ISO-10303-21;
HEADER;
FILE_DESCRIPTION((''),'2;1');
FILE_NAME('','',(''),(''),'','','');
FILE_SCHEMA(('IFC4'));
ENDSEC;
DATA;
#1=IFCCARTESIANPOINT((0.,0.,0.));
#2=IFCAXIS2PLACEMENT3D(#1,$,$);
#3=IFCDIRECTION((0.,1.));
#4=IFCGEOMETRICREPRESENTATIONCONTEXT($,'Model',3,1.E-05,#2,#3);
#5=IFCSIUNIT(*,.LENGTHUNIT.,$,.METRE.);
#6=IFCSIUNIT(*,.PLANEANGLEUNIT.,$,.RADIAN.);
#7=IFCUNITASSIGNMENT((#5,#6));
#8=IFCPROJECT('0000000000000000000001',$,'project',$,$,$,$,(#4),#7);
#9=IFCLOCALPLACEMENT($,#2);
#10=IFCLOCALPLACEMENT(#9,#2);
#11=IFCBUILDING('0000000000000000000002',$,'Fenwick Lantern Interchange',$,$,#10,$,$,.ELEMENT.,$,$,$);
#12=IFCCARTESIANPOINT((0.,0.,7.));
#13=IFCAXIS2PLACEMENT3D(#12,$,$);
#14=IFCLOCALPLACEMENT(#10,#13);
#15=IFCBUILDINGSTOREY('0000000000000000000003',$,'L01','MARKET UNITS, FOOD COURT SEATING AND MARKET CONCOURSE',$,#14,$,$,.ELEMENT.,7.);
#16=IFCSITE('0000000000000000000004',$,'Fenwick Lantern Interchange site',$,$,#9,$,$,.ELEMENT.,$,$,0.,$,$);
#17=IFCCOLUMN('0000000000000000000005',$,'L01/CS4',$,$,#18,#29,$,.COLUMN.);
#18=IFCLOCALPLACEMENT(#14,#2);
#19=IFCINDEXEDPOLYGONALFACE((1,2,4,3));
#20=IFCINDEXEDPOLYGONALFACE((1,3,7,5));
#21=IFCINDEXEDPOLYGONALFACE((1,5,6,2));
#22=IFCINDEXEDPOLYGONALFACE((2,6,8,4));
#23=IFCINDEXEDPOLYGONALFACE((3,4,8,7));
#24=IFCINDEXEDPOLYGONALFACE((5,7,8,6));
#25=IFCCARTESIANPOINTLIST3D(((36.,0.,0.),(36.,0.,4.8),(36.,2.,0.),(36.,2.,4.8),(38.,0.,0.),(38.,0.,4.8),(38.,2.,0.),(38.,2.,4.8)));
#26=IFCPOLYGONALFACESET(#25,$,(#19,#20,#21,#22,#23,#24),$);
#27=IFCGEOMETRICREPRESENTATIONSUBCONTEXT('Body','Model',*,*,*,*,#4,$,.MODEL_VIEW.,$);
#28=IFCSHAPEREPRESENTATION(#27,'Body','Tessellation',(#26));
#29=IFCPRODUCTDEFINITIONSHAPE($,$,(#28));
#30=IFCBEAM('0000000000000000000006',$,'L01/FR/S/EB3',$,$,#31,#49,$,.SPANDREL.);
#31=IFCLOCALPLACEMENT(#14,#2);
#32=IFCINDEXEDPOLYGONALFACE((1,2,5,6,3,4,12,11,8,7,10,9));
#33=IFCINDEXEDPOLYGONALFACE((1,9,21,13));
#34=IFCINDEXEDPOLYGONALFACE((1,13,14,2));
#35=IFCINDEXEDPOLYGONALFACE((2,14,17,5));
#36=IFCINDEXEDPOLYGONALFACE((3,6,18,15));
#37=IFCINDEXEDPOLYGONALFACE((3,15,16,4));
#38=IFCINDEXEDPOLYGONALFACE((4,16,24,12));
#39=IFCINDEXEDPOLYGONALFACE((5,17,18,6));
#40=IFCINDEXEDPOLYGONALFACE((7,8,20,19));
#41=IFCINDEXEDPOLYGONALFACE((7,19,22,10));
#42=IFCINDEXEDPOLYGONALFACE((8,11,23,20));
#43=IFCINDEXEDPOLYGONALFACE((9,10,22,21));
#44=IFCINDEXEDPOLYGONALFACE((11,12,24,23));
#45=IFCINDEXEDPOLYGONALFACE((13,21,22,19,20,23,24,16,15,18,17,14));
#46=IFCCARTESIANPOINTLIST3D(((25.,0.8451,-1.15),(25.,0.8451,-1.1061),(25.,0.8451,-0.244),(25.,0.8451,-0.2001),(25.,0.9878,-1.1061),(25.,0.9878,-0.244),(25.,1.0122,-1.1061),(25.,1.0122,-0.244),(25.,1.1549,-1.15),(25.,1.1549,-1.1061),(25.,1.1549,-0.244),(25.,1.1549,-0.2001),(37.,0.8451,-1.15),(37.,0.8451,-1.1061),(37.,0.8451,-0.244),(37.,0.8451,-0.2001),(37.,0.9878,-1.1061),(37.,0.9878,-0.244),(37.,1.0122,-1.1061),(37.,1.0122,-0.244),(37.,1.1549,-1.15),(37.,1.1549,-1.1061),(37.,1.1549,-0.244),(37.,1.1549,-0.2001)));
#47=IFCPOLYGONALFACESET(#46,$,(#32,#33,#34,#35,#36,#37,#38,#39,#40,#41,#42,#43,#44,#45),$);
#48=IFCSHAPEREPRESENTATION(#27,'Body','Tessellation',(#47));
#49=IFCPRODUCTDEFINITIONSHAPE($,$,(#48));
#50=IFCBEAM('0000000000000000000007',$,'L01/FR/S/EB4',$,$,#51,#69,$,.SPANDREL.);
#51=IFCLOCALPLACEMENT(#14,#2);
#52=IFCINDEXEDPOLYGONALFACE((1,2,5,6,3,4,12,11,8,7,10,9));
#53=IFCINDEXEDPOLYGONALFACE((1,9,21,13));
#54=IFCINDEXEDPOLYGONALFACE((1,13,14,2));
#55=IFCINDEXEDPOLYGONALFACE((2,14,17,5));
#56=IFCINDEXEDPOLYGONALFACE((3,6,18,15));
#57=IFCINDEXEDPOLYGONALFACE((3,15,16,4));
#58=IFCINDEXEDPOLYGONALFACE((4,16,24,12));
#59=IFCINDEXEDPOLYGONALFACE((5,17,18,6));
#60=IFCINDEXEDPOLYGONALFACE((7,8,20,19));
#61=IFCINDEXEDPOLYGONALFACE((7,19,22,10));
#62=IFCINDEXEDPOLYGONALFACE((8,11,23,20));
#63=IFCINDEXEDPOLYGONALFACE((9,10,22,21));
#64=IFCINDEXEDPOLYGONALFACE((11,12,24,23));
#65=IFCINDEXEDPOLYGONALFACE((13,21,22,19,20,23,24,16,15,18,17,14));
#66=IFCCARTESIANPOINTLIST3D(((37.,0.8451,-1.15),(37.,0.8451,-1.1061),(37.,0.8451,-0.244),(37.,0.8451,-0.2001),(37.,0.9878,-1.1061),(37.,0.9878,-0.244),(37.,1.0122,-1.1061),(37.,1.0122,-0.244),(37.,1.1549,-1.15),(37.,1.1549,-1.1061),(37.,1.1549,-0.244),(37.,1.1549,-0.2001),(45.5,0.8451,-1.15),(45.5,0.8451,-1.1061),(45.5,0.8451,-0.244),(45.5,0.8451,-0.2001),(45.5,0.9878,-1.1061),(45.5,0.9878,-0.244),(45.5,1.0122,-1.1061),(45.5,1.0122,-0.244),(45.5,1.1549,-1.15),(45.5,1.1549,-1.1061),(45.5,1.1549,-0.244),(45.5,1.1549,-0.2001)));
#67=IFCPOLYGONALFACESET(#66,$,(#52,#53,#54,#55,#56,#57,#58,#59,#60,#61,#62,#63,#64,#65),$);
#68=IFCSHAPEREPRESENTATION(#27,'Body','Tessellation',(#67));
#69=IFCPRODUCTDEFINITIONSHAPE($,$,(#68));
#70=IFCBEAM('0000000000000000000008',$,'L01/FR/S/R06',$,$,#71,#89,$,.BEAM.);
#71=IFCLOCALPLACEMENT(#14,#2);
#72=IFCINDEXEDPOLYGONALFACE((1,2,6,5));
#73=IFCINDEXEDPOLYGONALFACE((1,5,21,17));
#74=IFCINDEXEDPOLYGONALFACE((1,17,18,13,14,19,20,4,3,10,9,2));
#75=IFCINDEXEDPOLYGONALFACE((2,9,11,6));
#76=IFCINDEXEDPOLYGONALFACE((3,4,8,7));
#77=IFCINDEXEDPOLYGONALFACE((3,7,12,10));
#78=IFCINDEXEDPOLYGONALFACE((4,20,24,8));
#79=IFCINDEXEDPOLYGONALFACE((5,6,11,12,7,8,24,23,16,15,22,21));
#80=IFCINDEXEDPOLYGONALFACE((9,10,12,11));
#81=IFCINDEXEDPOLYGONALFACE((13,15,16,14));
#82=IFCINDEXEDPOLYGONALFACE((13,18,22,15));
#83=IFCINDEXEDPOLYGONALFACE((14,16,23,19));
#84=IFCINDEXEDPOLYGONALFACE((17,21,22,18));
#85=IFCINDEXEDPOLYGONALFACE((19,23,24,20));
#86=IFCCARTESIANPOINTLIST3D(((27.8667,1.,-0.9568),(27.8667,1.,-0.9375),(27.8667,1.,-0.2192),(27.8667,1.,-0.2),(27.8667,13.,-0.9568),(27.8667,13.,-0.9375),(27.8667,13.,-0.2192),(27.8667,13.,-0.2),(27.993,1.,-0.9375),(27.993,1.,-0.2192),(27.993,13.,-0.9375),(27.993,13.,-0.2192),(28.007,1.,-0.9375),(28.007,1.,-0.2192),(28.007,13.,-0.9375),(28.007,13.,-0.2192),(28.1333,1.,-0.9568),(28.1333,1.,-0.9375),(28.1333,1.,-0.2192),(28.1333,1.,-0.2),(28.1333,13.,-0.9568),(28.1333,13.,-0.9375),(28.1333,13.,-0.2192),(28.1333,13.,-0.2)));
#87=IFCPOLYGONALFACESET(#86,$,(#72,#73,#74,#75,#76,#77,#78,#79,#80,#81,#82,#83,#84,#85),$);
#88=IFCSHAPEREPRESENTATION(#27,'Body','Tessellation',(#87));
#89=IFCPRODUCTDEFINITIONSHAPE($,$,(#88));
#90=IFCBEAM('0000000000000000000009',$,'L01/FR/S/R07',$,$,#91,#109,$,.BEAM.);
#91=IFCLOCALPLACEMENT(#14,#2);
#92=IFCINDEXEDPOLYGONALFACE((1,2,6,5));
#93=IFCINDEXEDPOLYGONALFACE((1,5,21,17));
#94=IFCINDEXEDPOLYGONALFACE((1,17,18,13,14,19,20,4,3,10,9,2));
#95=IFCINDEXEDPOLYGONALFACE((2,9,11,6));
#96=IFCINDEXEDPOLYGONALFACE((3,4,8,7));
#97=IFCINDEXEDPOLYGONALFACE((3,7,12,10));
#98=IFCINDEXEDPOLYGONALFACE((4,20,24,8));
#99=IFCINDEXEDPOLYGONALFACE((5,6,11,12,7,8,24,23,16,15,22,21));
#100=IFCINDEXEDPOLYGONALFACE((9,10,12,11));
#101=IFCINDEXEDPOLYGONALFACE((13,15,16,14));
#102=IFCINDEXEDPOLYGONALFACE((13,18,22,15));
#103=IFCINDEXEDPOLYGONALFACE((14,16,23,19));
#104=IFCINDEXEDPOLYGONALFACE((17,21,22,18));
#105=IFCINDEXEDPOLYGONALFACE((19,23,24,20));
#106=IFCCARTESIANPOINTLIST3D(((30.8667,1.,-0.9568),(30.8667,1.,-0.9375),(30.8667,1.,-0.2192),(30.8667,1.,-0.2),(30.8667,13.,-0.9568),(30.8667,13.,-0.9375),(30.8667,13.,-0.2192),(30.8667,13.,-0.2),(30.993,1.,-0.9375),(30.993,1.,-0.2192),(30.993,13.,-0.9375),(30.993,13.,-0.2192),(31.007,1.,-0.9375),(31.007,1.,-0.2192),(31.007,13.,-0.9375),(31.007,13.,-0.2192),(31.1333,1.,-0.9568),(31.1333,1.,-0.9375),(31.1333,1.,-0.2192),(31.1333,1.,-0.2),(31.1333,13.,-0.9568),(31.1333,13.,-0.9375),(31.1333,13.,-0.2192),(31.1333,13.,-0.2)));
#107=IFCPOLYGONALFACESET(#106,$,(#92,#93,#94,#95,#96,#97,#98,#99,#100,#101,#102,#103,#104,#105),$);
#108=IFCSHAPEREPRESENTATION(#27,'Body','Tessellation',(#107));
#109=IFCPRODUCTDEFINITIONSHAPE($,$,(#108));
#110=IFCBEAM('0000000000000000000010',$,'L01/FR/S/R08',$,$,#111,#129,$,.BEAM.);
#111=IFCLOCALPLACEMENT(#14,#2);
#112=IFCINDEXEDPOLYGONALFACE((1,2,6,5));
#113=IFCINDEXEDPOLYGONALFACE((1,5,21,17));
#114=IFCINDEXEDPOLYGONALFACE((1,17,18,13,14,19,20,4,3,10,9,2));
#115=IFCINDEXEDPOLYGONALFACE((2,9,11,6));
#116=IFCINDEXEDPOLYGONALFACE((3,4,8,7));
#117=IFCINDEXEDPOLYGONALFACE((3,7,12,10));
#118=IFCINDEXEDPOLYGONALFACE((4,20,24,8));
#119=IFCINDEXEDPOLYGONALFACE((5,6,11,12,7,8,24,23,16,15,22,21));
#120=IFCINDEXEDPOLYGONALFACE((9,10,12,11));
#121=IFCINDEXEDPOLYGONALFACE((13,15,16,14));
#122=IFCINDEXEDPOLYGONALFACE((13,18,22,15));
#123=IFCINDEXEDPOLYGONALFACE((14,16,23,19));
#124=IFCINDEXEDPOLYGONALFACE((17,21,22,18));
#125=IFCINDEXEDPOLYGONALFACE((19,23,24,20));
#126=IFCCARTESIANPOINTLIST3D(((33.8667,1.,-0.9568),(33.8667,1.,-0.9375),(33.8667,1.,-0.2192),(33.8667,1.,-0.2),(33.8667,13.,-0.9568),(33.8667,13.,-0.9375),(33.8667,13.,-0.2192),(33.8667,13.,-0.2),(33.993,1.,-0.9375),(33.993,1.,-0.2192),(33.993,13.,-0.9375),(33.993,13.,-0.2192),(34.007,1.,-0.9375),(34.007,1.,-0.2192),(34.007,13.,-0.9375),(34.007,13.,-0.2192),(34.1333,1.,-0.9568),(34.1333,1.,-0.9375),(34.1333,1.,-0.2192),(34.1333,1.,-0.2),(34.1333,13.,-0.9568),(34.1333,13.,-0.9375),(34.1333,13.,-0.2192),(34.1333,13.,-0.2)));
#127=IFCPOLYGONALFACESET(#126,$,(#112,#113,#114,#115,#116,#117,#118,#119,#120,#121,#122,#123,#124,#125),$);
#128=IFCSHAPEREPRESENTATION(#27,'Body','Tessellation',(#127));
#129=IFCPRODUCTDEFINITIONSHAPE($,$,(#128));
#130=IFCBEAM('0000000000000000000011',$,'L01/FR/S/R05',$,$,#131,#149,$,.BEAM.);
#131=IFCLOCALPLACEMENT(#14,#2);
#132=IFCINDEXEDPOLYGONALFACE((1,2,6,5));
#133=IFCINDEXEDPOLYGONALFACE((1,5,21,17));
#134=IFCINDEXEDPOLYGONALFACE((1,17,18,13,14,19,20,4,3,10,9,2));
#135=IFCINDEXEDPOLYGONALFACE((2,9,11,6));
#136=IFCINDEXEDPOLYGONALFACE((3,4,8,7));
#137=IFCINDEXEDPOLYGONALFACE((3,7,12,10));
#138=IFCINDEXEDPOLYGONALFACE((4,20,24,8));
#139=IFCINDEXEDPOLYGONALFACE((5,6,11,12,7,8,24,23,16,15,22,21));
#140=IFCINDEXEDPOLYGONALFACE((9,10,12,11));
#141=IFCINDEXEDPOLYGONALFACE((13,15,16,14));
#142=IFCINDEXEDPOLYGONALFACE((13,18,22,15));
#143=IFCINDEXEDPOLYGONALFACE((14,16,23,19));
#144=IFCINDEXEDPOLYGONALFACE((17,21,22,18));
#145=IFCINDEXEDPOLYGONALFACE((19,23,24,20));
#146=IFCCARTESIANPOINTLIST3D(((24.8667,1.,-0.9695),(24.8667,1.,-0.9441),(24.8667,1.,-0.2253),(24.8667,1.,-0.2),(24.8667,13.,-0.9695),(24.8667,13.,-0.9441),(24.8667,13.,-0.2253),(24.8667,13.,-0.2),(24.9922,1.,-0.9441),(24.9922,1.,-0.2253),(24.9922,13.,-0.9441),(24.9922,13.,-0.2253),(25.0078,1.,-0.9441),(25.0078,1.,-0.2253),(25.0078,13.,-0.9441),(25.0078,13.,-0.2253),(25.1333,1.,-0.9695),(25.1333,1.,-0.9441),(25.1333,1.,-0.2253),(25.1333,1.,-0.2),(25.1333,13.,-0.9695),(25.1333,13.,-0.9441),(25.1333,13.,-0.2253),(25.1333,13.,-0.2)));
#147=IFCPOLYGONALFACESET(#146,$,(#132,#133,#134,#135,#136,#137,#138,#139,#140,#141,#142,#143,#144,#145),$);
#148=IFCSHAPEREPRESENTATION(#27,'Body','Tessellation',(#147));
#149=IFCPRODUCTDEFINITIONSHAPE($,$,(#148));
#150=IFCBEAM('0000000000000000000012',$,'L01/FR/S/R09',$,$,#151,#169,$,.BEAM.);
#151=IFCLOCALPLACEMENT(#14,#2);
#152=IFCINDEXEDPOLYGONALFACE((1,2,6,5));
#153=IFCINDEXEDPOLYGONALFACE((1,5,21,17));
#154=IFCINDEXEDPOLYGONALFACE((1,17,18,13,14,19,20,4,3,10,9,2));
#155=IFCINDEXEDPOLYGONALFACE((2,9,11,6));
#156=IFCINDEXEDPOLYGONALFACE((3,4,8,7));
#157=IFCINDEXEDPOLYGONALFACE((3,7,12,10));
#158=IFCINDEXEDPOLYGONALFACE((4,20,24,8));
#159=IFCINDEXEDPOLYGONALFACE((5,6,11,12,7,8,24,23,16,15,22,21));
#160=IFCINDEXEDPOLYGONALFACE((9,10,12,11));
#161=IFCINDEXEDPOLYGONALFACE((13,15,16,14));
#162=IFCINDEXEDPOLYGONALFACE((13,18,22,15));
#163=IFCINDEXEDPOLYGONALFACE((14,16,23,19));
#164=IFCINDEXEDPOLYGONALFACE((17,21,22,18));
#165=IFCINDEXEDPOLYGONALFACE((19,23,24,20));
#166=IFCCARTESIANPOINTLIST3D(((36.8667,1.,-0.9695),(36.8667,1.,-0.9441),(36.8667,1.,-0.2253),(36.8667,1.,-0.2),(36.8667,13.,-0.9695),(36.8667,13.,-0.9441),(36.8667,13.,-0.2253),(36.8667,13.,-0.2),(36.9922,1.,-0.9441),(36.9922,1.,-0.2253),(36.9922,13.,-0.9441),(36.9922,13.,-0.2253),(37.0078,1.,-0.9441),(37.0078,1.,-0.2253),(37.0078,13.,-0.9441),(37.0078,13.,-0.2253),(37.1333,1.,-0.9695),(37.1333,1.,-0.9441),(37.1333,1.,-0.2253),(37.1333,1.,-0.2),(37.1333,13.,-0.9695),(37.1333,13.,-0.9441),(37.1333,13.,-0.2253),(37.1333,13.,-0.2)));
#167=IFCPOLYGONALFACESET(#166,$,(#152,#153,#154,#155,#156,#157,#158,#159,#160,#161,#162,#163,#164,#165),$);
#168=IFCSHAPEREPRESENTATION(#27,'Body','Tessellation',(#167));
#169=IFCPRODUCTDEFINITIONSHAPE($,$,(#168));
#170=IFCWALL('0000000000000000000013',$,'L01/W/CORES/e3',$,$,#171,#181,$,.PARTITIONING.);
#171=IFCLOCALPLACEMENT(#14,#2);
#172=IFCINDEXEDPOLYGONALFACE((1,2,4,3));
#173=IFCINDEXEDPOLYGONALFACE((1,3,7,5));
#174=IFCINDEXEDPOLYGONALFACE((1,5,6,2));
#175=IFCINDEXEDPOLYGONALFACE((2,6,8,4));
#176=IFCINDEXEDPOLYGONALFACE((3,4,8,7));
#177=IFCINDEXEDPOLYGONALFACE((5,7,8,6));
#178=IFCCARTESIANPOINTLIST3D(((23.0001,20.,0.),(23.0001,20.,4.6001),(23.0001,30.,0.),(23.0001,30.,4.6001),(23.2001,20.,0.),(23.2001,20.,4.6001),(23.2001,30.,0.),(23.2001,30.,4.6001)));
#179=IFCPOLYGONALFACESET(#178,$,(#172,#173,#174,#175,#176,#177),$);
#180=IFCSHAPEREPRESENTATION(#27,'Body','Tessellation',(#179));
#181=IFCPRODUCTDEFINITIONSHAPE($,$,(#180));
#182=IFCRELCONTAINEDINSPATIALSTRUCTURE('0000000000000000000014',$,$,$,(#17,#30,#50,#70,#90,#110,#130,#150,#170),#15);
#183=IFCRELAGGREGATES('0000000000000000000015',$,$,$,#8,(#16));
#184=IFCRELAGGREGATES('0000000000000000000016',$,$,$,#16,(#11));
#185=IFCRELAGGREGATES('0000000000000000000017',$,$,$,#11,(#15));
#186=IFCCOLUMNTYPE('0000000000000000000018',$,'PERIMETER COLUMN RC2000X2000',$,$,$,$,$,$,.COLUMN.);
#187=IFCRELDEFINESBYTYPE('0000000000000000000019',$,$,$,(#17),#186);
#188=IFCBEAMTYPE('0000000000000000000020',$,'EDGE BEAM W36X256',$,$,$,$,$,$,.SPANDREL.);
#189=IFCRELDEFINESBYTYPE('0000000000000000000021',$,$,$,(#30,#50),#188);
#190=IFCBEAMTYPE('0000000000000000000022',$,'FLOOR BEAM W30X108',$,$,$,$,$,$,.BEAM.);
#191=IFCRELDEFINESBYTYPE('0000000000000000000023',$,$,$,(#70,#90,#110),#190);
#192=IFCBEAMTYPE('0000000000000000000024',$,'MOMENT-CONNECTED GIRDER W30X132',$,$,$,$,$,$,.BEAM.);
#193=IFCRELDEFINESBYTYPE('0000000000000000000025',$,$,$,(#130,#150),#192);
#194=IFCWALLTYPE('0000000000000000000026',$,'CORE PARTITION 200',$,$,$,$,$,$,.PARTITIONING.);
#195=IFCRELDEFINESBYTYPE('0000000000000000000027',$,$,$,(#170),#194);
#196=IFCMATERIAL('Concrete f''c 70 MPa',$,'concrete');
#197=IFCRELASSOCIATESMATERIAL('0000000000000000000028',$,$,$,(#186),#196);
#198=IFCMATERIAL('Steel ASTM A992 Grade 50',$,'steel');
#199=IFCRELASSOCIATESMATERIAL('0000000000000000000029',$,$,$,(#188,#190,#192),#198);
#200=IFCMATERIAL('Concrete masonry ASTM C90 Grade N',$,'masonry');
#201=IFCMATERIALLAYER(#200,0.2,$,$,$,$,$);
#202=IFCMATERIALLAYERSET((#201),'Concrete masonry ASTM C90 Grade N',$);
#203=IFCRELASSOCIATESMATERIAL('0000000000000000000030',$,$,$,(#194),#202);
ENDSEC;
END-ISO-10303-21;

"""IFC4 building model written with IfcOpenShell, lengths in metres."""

from ifc_helpers import new_model, si_unit, direction, frame, frame_2d, origin, origin_2d, place, context, subcontext, project, spatial, rectangle, i_section, extrude, material, layer, layer_set, material_profile, profile_set, type_object, element, save


model = new_model("IFC4")

# Units and contexts
model_context = context("Model", 3, precision=1e-05, world=origin(), true_north=direction((0.0, 1.0)))
body_context = subcontext(model_context, "Body", "Model", "MODEL_VIEW")
ifc_project = project(units=[si_unit("LENGTHUNIT", "METRE"), si_unit("PLANEANGLEUNIT", "RADIAN")], contexts=[model_context])

# Site, building, storey
site_placement = place(None, origin())
site = spatial("IfcSite", under=ifc_project, at=site_placement, Name="Fenwick Lantern Interchange site", CompositionType="ELEMENT", RefElevation=0.0)
building_placement = place(site_placement, origin())
building = spatial("IfcBuilding", under=site, at=building_placement, Name="Fenwick Lantern Interchange", CompositionType="ELEMENT")
storey_placement = place(building_placement, frame((0.0, 0.0, 7.0)))
storey = spatial("IfcBuildingStorey", under=building, at=storey_placement, Name="L01", Description="MARKET UNITS, FOOD COURT SEATING AND MARKET CONCOURSE", CompositionType="ELEMENT", Elevation=7.0)

# Column
ifc_material_1 = material(Name="Concrete f'c 70 MPa", Category="concrete")
ifc_material_profile_1 = material_profile(ifc_material_1, rectangle(XDim=2.0, YDim=2.0, at=origin_2d()), Name="RC2000X2000")
ifc_profile_set_1 = profile_set([ifc_material_profile_1], Name="Concrete f'c 70 MPa")
column_type = type_object("IfcColumnType", Name="PERIMETER COLUMN RC2000X2000", PredefinedType="COLUMN", material=ifc_profile_set_1)
column_placement = place(storey_placement, frame((37.0, 1.0, 0.0), z_axis=(0.0, 0.0, 1.0), x_axis=(1.0, 0.0, 0.0)))
element("IfcColumn", 1, at=column_placement, inside=storey, type_object=column_type, Name="L01/CS4", PredefinedType="COLUMN", context=body_context, shape_type="SweptSolid", body=[
    extrude(rectangle(XDim=2.0, YDim=2.0, at=origin_2d()), origin(), (0.0, 0.0, 1.0), 4.8),
])

# Beams
ifc_material_2 = material(Name="Steel ASTM A992 Grade 50", Category="steel")
ifc_material_profile_2 = material_profile(ifc_material_2, i_section(OverallWidth=0.3098, OverallDepth=0.95, WebThickness=0.0244, FlangeThickness=0.0439, at=origin_2d()), Name="W36X256")
ifc_profile_set_2 = profile_set([ifc_material_profile_2], Name="Steel ASTM A992 Grade 50")
beam_type_1 = type_object("IfcBeamType", Name="EDGE BEAM W36X256", PredefinedType="SPANDREL", material=ifc_profile_set_2)
beam_1_placement = place(storey_placement, frame((25.0, 1.0, -0.675), z_axis=(1.0, 0.0, 0.0), x_axis=(0.0, 1.0, 0.0)))
element("IfcBeam", 2, at=beam_1_placement, inside=storey, type_object=beam_type_1, Name="L01/FR/S/EB3", PredefinedType="SPANDREL", context=body_context, shape_type="SweptSolid", body=[
    extrude(i_section(OverallWidth=0.3098, OverallDepth=0.95, WebThickness=0.0244, FlangeThickness=0.0439, at=origin_2d()), origin(), (0.0, 0.0, 1.0), 12.0),
])
beam_2_placement = place(storey_placement, frame((37.0, 1.0, -0.675), z_axis=(1.0, 0.0, 0.0), x_axis=(0.0, 1.0, 0.0)))
element("IfcBeam", 3, at=beam_2_placement, inside=storey, type_object=beam_type_1, Name="L01/FR/S/EB4", PredefinedType="SPANDREL", context=body_context, shape_type="SweptSolid", body=[
    extrude(i_section(OverallWidth=0.3098, OverallDepth=0.95, WebThickness=0.0244, FlangeThickness=0.0439, at=origin_2d()), origin(), (0.0, 0.0, 1.0), 8.5),
])
ifc_material_profile_3 = material_profile(ifc_material_2, i_section(OverallWidth=0.2666, OverallDepth=0.7568, WebThickness=0.0139, FlangeThickness=0.0193, at=origin_2d()), Name="W30X108")
ifc_profile_set_3 = profile_set([ifc_material_profile_3], Name="Steel ASTM A992 Grade 50")
beam_type_2 = type_object("IfcBeamType", Name="FLOOR BEAM W30X108", PredefinedType="BEAM", material=ifc_profile_set_3)
for number, where, z_axis, x_axis, name in (
    (4, (28.0, 1.0, -0.5784), (0.0, 1.0, 0.0), (-1.0, 0.0, 0.0), "L01/FR/S/R06"),
    (5, (31.0, 1.0, -0.5784), (0.0, 1.0, 0.0), (-1.0, 0.0, 0.0), "L01/FR/S/R07"),
    (6, (34.0, 1.0, -0.5784), (0.0, 1.0, 0.0), (-1.0, 0.0, 0.0), "L01/FR/S/R08"),
):
    element("IfcBeam", number, at=place(storey_placement, frame(where, z_axis=z_axis, x_axis=x_axis)), inside=storey, type_object=beam_type_2, Name=name, PredefinedType="BEAM", context=body_context, shape_type="SweptSolid", body=[
        extrude(i_section(OverallWidth=0.2666, OverallDepth=0.7568, WebThickness=0.0139, FlangeThickness=0.0193, at=origin_2d()), origin(), (0.0, 0.0, 1.0), 12.0),
    ])
ifc_material_profile_4 = material_profile(ifc_material_2, i_section(OverallWidth=0.2666, OverallDepth=0.7695, WebThickness=0.0156, FlangeThickness=0.0254, at=origin_2d()), Name="W30X132")
ifc_profile_set_4 = profile_set([ifc_material_profile_4], Name="Steel ASTM A992 Grade 50")
beam_type_3 = type_object("IfcBeamType", Name="MOMENT-CONNECTED GIRDER W30X132", PredefinedType="BEAM", material=ifc_profile_set_4)
for number, where, z_axis, x_axis, name in (
    (7, (25.0, 1.0, -0.5847), (0.0, 1.0, 0.0), (-1.0, 0.0, 0.0), "L01/FR/S/R05"),
    (8, (37.0, 1.0, -0.5847), (0.0, 1.0, 0.0), (-1.0, 0.0, 0.0), "L01/FR/S/R09"),
):
    element("IfcBeam", number, at=place(storey_placement, frame(where, z_axis=z_axis, x_axis=x_axis)), inside=storey, type_object=beam_type_3, Name=name, PredefinedType="BEAM", context=body_context, shape_type="SweptSolid", body=[
        extrude(i_section(OverallWidth=0.2666, OverallDepth=0.7695, WebThickness=0.0156, FlangeThickness=0.0254, at=origin_2d()), origin(), (0.0, 0.0, 1.0), 12.0),
    ])

# Wall
ifc_material_3 = material(Name="Concrete masonry ASTM C90 Grade N", Category="masonry")
ifc_layer_1 = layer(ifc_material_3, 0.2)
ifc_layer_set_1 = layer_set([ifc_layer_1], Name="Concrete masonry ASTM C90 Grade N")
wall_type_1 = type_object("IfcWallType", Name="CORE PARTITION 200", PredefinedType="PARTITIONING", material=ifc_layer_set_1)
wall_1_placement = place(storey_placement, frame((23.1001, 20.0, 0.0), z_axis=(0.0, 0.0, 1.0), x_axis=(0.0, 1.0, 0.0)))
element("IfcWall", 9, at=wall_1_placement, inside=storey, type_object=wall_type_1, Name="L01/W/CORES/e3", PredefinedType="PARTITIONING", context=body_context, shape_type="SweptSolid", body=[
    extrude(rectangle(XDim=10.0, YDim=0.2, at=frame_2d((5.0, 0.0))), origin(), (0.0, 0.0, 1.0), 4.6001),
])

save(model, "model.ifc")
